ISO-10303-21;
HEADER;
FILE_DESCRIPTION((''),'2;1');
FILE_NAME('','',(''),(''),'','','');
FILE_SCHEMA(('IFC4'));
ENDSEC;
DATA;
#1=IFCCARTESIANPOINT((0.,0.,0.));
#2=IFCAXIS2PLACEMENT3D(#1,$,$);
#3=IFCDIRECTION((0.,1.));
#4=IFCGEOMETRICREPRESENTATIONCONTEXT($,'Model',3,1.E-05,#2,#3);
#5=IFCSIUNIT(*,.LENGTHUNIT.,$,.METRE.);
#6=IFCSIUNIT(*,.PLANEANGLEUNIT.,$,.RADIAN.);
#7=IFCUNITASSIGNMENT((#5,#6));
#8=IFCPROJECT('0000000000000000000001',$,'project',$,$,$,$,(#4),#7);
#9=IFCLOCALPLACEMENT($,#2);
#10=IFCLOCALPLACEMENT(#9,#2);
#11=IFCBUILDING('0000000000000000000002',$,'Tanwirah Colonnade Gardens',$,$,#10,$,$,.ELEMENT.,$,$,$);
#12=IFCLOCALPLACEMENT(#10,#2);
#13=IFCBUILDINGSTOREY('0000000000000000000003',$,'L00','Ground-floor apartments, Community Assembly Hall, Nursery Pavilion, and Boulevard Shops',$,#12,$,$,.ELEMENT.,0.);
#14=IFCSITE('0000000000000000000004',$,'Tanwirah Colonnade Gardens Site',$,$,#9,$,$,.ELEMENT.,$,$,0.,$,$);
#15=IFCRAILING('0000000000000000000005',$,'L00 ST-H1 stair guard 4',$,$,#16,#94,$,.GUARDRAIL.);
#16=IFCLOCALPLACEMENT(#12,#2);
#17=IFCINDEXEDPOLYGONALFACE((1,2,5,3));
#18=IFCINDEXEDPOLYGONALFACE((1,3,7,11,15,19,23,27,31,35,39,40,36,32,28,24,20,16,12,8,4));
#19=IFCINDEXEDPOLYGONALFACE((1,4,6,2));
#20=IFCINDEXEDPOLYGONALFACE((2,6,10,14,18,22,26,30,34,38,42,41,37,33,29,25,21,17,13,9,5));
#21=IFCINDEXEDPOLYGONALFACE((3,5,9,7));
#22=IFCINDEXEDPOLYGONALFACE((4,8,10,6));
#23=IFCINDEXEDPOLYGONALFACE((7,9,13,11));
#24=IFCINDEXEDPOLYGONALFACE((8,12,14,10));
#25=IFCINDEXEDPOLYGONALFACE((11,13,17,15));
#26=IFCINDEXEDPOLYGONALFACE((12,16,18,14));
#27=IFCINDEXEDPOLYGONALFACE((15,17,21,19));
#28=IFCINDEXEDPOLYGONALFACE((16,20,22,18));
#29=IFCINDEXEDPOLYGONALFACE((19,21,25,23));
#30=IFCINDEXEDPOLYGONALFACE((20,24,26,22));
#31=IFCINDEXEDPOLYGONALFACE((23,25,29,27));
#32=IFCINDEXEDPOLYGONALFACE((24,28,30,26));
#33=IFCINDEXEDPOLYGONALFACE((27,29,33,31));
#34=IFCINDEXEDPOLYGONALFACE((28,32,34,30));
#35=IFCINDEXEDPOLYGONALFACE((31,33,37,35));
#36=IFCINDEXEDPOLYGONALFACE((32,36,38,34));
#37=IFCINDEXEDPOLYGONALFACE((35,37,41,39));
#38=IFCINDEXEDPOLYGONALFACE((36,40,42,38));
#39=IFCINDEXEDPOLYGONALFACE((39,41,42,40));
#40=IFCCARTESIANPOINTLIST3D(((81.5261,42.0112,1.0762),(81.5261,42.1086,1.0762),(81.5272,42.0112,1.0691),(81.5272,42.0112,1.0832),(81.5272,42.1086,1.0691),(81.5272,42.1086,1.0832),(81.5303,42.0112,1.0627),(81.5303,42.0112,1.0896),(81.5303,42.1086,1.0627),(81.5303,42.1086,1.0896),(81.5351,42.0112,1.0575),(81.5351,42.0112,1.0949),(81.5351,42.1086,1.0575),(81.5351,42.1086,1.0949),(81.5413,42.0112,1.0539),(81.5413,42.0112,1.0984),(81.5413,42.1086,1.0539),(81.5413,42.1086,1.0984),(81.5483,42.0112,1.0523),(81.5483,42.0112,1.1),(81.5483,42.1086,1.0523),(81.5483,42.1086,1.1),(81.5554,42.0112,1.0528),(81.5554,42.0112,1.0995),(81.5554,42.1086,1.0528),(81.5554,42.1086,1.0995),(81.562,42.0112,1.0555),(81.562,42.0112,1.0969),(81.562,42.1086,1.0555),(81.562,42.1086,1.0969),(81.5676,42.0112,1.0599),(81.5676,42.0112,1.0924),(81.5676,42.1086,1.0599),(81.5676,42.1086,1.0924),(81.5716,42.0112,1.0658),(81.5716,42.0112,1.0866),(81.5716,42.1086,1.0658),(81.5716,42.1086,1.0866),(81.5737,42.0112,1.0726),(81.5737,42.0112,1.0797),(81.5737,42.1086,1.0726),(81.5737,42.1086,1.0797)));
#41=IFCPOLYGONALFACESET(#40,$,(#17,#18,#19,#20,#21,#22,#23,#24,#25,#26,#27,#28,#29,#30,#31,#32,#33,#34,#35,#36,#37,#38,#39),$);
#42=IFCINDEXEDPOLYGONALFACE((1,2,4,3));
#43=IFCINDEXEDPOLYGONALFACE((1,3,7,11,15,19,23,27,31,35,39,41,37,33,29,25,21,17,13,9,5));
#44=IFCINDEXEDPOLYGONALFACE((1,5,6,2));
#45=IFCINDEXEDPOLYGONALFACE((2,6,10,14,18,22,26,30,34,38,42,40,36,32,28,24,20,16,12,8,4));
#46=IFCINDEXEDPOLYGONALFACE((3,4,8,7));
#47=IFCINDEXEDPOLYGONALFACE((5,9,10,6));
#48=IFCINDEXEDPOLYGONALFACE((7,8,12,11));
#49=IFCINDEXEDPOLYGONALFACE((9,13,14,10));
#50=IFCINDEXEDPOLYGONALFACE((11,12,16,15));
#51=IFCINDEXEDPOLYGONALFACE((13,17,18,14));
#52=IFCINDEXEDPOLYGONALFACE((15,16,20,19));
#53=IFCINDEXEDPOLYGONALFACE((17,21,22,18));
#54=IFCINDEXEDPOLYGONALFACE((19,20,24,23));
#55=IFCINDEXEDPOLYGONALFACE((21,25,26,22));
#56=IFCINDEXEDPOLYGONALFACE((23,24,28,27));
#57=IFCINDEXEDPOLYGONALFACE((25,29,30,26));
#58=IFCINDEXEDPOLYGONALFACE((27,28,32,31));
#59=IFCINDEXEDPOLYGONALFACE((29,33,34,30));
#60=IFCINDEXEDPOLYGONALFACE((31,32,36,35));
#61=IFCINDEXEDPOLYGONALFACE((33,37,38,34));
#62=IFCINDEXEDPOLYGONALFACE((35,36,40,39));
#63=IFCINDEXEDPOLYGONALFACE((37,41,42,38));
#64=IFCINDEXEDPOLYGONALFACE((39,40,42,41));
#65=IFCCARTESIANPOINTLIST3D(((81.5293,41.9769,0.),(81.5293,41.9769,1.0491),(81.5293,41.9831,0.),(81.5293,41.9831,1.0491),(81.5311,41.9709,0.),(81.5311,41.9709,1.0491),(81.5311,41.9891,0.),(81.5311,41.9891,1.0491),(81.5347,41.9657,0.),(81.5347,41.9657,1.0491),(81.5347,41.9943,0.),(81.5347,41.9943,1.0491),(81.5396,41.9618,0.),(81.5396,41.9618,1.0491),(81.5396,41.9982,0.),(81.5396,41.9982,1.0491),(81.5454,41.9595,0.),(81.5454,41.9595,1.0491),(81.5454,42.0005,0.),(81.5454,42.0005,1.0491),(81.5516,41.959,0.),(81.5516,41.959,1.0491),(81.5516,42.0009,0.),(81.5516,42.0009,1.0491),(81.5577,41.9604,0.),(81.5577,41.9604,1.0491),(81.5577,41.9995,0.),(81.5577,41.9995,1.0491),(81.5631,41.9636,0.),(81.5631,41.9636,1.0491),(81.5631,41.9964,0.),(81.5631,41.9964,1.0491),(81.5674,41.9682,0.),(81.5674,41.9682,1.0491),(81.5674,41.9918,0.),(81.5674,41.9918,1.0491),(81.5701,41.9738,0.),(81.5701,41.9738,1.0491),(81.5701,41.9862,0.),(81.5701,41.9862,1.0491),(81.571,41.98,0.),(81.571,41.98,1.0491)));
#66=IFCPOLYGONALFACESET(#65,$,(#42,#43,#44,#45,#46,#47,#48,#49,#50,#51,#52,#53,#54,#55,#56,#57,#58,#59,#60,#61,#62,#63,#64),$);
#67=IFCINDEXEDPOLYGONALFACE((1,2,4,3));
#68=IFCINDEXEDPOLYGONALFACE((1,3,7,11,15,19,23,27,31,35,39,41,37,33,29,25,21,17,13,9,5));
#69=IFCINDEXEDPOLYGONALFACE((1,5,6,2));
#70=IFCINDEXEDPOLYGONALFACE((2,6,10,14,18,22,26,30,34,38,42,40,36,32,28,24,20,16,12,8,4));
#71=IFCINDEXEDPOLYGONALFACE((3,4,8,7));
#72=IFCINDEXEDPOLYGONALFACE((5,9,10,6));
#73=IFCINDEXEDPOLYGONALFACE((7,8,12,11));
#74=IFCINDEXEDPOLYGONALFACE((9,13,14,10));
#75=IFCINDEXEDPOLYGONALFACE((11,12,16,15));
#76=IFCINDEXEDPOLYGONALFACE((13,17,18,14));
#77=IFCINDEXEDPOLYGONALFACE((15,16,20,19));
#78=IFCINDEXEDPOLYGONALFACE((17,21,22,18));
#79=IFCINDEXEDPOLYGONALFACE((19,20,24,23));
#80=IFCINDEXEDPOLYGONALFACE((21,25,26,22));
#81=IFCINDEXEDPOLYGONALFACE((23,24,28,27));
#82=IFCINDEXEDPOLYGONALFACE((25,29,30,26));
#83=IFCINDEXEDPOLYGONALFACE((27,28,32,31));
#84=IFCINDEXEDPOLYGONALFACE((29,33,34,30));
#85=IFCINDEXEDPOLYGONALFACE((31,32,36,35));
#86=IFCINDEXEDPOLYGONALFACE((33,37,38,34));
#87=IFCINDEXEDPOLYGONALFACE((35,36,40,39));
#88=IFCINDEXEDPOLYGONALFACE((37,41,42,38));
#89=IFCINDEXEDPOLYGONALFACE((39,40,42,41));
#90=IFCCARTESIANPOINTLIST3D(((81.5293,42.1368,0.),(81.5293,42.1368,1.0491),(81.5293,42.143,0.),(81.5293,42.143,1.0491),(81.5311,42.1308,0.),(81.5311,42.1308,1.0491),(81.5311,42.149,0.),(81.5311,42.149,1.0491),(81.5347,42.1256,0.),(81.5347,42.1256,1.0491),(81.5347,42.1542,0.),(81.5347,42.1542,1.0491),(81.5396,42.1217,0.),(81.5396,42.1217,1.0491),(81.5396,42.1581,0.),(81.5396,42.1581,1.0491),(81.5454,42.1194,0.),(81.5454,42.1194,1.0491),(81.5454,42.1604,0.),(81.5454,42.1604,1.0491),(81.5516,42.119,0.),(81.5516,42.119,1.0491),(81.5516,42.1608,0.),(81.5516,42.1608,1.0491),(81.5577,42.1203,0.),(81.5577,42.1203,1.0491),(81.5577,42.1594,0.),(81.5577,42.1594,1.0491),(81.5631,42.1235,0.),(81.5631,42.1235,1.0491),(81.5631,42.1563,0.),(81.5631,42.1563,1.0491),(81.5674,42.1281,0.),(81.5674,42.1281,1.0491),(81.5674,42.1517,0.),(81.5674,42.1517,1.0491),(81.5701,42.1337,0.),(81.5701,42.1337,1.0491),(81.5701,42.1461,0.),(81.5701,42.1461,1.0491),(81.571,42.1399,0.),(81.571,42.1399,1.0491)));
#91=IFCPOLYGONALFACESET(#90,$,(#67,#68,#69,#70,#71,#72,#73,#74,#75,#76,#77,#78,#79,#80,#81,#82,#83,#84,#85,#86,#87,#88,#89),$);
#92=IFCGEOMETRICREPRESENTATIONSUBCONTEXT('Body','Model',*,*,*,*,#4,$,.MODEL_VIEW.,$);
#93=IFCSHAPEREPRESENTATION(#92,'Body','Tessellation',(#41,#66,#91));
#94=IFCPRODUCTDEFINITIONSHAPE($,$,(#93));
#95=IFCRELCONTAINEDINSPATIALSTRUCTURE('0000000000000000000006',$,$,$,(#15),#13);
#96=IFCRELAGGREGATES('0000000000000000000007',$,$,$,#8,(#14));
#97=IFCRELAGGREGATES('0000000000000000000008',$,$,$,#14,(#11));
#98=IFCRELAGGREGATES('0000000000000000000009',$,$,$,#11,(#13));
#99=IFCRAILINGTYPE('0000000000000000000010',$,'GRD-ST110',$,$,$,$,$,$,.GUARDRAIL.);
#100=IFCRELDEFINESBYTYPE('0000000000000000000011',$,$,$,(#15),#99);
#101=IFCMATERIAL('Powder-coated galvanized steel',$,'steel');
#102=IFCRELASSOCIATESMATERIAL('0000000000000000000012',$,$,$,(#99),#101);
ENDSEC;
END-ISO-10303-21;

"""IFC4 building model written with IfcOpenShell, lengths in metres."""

from ifc_helpers import new_model, si_unit, direction, frame, origin, origin_2d, place, context, subcontext, project, spatial, circle, extrude, material, type_object, element, save


model = new_model("IFC4")

# Units and contexts
model_context = context("Model", 3, precision=1e-05, world=origin(), true_north=direction((0.0, 1.0)))
body_context = subcontext(model_context, "Body", "Model", "MODEL_VIEW")
ifc_project = project(units=[si_unit("LENGTHUNIT", "METRE"), si_unit("PLANEANGLEUNIT", "RADIAN")], contexts=[model_context])

# Site, building, storey
site_placement = place(None, origin())
site = spatial("IfcSite", under=ifc_project, at=site_placement, Name="Tanwirah Colonnade Gardens Site", CompositionType="ELEMENT", RefElevation=0.0)
building_placement = place(site_placement, origin())
building = spatial("IfcBuilding", under=site, at=building_placement, Name="Tanwirah Colonnade Gardens", CompositionType="ELEMENT")
storey_placement = place(building_placement, origin())
storey = spatial("IfcBuildingStorey", under=building, at=storey_placement, Name="L00", Description="Ground-floor apartments, Community Assembly Hall, Nursery Pavilion, and Boulevard Shops", CompositionType="ELEMENT", Elevation=0.0)

# Railing
ifc_material_1 = material(Name="Powder-coated galvanized steel", Category="steel")
railing_type_1 = type_object("IfcRailingType", Name="GRD-ST110", PredefinedType="GUARDRAIL", material=ifc_material_1)
railing_1_placement = place(storey_placement, frame((81.55, 41.98, 0.0)))
element("IfcRailing", 1, at=railing_1_placement, inside=storey, type_object=railing_type_1, Name="L00 ST-H1 stair guard 4", PredefinedType="GUARDRAIL", context=body_context, shape_type="SweptSolid", body=[
    extrude(circle(Radius=0.0239, at=origin_2d()), frame((0.0, 0.0312, 1.0762), z_axis=(0.0, 1.0, 0.0), x_axis=(-1.0, 0.0, 0.0)), (0.0, 0.0, 1.0), 0.0974),
    extrude(circle(Radius=0.021, at=origin_2d()), origin(), (0.0, 0.0, 1.0), 1.0491),
    extrude(circle(Radius=0.021, at=origin_2d()), frame((0.0, 0.1599, 0.0)), (0.0, 0.0, 1.0), 1.0491),
])

save(model, "model.ifc")
